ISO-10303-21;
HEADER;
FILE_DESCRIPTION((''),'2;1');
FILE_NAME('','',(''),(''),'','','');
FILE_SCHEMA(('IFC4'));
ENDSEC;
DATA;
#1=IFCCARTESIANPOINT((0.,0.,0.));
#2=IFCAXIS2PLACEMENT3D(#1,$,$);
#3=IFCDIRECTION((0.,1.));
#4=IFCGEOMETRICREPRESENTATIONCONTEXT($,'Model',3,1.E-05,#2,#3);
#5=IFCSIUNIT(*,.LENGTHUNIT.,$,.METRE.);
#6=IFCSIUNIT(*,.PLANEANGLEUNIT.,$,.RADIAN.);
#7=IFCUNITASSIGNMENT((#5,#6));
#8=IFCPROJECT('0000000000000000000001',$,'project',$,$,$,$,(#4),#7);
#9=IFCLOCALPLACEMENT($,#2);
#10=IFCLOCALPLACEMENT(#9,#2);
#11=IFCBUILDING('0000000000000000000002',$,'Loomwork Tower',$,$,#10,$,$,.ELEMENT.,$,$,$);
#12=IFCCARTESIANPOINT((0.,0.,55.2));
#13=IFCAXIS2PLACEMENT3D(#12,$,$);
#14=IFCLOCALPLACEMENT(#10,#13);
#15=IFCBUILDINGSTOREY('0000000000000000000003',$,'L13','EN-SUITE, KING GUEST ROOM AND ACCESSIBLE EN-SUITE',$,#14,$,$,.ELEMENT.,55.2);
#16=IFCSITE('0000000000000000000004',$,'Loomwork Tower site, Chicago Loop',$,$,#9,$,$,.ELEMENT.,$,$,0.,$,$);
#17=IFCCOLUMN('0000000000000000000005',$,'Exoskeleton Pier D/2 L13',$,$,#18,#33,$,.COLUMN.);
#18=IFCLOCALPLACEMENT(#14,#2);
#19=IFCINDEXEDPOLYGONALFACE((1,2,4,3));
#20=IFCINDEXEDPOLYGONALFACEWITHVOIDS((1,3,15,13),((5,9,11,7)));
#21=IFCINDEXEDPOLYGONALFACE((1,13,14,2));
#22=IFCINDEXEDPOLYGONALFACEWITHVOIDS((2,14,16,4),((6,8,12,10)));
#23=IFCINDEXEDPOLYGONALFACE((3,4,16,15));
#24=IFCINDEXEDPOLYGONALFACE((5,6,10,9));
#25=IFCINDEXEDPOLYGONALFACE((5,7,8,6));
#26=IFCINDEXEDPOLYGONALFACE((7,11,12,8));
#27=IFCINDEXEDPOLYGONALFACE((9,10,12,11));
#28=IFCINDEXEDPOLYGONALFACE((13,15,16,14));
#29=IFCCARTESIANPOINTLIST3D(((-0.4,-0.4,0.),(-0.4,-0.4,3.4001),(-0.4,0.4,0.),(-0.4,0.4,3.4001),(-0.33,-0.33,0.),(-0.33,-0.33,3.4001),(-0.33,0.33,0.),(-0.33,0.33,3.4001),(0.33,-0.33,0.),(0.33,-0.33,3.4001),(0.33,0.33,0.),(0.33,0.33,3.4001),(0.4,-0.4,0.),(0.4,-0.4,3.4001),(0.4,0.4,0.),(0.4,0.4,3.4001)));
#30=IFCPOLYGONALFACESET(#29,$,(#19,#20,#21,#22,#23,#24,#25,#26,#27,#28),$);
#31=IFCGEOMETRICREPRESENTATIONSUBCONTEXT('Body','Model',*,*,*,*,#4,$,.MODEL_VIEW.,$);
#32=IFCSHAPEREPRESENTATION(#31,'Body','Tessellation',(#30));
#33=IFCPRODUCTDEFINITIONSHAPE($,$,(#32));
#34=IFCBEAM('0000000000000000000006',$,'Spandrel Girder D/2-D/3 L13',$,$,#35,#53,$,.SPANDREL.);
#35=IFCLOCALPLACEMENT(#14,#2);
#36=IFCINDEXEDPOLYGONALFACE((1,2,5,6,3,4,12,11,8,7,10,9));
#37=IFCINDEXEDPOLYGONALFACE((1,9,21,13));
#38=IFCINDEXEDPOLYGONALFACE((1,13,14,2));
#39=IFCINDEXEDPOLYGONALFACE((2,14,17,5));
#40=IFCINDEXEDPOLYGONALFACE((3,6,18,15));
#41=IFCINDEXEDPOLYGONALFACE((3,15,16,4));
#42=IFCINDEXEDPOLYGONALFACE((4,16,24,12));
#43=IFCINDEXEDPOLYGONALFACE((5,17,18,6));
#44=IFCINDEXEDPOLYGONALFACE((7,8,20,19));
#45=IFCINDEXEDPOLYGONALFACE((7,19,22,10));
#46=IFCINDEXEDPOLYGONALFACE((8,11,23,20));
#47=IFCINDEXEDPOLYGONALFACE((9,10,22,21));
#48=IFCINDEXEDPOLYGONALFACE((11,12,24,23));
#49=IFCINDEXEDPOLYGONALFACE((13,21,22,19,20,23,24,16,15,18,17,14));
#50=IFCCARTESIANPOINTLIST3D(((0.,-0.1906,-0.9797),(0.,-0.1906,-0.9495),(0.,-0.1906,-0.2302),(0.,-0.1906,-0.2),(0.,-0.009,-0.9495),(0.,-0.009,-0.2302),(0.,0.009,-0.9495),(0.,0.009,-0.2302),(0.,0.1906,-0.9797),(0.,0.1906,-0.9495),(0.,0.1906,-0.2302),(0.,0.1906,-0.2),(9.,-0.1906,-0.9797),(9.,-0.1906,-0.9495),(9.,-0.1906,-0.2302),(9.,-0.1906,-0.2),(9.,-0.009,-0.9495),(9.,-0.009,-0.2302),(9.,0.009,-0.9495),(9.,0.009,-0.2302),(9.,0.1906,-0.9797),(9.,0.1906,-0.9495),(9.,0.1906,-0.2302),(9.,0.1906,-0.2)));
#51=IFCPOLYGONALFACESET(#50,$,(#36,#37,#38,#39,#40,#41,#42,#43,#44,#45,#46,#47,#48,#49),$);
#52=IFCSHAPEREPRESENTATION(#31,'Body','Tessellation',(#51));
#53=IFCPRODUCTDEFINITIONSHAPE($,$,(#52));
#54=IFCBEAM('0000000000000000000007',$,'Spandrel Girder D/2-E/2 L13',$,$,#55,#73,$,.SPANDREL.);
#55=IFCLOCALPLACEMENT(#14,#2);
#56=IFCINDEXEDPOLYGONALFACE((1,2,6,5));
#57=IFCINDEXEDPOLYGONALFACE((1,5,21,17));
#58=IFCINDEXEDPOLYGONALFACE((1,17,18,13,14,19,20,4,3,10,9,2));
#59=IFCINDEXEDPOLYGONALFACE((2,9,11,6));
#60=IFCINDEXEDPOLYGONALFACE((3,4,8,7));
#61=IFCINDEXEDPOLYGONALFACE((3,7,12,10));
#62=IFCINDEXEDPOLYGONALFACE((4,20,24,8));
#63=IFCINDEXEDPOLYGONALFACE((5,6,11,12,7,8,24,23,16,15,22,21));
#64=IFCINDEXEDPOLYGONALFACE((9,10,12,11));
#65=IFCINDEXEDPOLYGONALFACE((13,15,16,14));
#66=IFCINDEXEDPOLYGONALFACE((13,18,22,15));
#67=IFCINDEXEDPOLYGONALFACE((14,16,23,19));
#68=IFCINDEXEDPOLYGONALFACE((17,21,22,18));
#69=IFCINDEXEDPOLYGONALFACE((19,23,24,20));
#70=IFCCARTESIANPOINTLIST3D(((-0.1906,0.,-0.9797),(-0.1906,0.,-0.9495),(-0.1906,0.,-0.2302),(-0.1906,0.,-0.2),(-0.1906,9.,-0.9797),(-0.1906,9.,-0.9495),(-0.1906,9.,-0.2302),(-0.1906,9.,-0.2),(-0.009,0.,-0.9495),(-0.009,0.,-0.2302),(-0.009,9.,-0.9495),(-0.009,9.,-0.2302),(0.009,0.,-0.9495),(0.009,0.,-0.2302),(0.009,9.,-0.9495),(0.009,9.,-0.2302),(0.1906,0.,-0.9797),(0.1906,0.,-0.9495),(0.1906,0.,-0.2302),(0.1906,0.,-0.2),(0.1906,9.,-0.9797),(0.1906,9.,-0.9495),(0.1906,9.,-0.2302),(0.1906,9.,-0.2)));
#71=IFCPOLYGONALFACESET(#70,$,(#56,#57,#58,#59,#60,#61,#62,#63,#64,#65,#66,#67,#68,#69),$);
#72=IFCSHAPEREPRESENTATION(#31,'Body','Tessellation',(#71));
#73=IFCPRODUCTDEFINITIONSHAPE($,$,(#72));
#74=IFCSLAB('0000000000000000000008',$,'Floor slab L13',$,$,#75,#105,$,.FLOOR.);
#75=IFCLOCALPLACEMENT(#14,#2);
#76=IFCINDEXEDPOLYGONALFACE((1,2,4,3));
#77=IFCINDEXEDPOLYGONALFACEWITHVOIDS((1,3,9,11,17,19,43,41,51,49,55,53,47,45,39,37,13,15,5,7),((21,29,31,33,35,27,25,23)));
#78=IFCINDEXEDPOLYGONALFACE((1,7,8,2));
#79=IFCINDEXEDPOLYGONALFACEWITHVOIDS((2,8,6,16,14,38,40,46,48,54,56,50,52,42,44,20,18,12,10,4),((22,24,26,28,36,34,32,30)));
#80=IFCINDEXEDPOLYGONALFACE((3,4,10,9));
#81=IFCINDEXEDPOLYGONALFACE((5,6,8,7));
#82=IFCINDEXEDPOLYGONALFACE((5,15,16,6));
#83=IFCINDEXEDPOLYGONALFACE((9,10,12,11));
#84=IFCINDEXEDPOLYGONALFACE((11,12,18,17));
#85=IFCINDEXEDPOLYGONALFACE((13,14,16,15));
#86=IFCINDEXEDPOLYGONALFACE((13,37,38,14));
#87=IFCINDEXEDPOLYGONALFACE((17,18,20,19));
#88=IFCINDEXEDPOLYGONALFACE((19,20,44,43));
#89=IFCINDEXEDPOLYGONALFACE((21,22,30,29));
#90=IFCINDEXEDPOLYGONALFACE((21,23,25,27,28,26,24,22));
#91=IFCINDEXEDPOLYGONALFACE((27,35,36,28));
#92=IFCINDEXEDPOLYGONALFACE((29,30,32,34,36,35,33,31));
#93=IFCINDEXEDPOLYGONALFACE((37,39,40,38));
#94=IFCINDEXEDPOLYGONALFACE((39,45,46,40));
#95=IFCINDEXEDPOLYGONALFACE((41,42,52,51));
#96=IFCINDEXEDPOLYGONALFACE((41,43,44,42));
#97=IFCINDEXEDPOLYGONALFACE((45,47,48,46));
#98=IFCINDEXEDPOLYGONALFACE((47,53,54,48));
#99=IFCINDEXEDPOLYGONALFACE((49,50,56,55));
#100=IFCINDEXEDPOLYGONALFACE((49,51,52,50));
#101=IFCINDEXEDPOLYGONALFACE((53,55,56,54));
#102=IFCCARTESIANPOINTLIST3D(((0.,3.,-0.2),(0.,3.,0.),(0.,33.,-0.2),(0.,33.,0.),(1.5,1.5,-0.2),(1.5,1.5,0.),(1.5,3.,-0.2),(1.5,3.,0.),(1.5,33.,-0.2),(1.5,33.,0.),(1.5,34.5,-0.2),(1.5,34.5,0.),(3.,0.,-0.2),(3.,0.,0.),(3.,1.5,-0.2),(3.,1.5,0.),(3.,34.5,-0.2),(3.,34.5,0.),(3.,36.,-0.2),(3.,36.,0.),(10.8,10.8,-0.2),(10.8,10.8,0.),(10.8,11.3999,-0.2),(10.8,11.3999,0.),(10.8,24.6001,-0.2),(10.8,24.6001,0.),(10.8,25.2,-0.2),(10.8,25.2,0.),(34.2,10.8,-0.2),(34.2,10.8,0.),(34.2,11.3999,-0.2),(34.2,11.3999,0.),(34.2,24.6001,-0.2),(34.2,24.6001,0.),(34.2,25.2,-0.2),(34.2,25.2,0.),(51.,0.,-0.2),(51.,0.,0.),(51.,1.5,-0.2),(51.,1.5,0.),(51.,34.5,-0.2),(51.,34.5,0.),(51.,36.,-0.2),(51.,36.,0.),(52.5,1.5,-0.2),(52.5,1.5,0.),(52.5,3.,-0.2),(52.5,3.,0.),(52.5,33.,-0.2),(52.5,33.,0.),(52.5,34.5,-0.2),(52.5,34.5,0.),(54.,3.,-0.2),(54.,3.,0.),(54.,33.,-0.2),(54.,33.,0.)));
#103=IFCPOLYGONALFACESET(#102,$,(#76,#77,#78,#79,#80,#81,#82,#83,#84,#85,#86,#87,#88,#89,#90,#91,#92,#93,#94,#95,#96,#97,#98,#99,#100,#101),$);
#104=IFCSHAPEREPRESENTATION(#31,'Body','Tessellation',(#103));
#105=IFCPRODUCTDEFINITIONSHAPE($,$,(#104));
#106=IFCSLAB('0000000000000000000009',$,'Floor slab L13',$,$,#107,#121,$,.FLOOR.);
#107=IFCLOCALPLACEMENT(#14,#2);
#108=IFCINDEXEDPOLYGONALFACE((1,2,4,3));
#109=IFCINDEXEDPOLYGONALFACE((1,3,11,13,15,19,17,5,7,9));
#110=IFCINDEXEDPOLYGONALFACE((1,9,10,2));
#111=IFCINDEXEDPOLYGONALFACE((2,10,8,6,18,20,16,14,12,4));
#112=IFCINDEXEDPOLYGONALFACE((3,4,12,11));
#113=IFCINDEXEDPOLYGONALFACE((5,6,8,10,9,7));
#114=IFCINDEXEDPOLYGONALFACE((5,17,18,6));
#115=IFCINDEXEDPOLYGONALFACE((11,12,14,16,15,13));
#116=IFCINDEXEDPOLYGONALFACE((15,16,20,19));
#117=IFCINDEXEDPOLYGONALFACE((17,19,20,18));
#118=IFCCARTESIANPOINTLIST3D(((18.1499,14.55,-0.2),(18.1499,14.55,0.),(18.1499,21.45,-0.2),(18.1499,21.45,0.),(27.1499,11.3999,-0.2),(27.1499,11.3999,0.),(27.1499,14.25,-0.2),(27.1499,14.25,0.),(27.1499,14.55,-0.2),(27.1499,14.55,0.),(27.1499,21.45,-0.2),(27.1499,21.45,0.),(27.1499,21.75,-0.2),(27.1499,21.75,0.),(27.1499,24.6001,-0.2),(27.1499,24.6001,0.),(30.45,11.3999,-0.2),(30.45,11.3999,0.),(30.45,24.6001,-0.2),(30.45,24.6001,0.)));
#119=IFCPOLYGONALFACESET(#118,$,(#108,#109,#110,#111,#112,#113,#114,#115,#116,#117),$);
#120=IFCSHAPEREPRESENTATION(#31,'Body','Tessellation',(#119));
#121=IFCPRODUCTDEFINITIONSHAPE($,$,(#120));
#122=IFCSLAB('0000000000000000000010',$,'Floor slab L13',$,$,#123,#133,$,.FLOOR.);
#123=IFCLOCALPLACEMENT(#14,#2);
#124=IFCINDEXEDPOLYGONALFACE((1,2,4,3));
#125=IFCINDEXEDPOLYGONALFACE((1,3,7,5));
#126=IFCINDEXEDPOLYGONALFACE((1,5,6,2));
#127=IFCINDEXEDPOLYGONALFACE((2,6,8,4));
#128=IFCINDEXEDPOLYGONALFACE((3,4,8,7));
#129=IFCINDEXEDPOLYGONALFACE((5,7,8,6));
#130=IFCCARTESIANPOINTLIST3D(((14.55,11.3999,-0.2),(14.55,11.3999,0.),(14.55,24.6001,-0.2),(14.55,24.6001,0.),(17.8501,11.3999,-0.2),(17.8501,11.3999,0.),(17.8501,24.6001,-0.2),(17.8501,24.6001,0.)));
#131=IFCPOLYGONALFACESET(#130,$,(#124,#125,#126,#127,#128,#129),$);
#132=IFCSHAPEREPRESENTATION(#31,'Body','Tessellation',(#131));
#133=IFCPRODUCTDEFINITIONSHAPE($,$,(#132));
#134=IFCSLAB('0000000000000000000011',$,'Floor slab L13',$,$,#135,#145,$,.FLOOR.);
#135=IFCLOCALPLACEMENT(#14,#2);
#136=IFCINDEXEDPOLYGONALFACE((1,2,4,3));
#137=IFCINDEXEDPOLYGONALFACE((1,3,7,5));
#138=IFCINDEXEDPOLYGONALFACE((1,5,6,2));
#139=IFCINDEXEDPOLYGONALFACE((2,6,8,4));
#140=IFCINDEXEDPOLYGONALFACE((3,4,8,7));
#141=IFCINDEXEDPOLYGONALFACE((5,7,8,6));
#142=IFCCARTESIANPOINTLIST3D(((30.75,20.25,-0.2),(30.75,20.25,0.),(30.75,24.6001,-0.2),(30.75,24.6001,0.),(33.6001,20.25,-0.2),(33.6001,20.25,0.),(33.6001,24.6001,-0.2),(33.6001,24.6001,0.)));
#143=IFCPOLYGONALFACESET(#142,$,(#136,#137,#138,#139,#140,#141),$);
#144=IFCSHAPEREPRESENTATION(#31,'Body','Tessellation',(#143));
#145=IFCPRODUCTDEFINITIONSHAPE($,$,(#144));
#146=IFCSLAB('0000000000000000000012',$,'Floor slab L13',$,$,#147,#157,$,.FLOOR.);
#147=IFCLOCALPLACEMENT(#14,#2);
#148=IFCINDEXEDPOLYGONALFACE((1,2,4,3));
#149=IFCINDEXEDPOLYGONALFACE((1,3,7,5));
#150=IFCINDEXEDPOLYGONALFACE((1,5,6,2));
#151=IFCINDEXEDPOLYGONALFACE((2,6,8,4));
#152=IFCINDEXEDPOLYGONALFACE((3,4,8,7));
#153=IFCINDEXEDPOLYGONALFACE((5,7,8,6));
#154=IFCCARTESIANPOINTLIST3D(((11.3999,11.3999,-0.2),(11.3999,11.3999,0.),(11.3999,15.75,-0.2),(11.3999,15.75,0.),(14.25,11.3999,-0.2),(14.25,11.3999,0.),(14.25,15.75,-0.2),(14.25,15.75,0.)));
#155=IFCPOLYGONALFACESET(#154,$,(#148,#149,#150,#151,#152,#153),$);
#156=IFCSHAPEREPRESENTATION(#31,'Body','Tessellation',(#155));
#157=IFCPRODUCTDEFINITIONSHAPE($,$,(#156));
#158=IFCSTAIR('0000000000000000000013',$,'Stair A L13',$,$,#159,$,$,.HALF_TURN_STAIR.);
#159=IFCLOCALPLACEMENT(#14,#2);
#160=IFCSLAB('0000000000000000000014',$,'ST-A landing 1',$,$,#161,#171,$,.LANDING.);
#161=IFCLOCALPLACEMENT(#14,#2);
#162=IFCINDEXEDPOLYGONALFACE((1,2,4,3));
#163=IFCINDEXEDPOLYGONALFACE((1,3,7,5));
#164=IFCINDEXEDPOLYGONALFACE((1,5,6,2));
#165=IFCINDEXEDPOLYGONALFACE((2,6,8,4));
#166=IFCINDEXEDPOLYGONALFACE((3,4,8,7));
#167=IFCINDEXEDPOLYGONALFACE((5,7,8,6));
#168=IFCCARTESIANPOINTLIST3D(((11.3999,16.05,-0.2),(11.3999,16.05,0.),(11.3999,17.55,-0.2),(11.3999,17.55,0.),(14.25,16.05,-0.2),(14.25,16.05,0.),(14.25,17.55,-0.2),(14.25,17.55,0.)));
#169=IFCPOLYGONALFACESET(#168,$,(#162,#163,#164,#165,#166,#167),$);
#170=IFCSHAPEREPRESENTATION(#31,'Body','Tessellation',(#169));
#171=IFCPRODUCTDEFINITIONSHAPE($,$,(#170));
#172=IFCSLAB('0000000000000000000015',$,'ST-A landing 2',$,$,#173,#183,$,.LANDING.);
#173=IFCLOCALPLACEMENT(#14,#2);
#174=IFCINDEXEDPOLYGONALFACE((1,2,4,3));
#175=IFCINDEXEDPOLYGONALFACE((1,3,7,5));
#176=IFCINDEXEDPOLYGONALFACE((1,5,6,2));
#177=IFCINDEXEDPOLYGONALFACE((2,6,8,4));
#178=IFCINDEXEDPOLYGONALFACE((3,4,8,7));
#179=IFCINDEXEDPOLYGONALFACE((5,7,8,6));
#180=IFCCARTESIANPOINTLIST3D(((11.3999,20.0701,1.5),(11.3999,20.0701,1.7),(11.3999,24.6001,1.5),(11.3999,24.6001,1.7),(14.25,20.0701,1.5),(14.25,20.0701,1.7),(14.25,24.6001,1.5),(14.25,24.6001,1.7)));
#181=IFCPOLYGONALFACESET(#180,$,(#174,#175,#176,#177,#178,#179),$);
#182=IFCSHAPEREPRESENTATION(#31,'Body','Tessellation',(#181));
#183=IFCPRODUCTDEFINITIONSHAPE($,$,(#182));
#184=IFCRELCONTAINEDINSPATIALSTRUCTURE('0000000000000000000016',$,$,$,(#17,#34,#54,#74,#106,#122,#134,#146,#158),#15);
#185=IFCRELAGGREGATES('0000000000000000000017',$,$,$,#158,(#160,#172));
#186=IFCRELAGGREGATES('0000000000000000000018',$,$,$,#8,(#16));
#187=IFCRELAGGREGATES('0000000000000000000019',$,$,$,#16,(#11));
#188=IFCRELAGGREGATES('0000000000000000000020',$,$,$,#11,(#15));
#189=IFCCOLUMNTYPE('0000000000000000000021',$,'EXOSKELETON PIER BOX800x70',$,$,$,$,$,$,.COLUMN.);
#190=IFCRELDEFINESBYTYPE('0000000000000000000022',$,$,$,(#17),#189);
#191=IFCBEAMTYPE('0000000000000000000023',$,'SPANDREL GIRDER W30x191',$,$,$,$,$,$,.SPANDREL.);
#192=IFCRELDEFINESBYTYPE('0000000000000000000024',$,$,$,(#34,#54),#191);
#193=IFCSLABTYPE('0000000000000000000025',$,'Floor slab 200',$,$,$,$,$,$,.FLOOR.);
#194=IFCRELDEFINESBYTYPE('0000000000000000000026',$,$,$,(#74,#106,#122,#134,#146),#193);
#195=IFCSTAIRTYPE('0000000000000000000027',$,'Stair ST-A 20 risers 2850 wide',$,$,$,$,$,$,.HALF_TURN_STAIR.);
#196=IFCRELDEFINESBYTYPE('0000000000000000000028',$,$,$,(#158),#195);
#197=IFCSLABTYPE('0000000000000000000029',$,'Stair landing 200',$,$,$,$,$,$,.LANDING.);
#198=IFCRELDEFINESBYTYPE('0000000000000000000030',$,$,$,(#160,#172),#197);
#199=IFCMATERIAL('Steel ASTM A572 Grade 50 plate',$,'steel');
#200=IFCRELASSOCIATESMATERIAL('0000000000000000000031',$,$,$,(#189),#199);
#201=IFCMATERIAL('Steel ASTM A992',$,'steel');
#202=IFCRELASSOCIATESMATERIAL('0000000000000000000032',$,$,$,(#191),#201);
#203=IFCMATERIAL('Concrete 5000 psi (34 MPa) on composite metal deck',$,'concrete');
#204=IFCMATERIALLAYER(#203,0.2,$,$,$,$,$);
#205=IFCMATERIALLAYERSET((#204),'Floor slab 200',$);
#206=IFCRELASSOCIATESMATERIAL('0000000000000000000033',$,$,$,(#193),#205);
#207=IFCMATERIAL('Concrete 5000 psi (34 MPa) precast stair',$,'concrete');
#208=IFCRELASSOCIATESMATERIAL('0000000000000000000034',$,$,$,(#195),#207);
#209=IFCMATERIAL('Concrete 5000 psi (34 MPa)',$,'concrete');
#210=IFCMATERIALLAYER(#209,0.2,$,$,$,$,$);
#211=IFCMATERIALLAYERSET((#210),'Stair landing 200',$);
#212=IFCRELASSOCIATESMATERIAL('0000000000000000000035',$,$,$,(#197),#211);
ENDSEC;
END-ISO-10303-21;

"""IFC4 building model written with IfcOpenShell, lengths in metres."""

from ifc_helpers import new_model, si_unit, direction, frame, origin, origin_with_axes, origin_2d, place, context, subcontext, project, spatial, polyline, hollow_rectangle, i_section, outline, extrude, material, layer, layer_set, material_profile, profile_set, type_object, element, aggregate, save


model = new_model("IFC4")

# Units and contexts
model_context = context("Model", 3, precision=1e-05, world=origin(), true_north=direction((0.0, 1.0)))
body_context = subcontext(model_context, "Body", "Model", "MODEL_VIEW")
ifc_project = project(units=[si_unit("LENGTHUNIT", "METRE"), si_unit("PLANEANGLEUNIT", "RADIAN")], contexts=[model_context])

# Site, building, storey
site_placement = place(None, origin())
site = spatial("IfcSite", under=ifc_project, at=site_placement, Name="Loomwork Tower site, Chicago Loop", CompositionType="ELEMENT", RefElevation=0.0)
building_placement = place(site_placement, origin())
building = spatial("IfcBuilding", under=site, at=building_placement, Name="Loomwork Tower", CompositionType="ELEMENT")
storey_placement = place(building_placement, frame((0.0, 0.0, 55.2)))
storey = spatial("IfcBuildingStorey", under=building, at=storey_placement, Name="L13", Description="EN-SUITE, KING GUEST ROOM AND ACCESSIBLE EN-SUITE", CompositionType="ELEMENT", Elevation=55.2)

# Column
ifc_material_1 = material(Name="Steel ASTM A572 Grade 50 plate", Category="steel")
ifc_material_profile_1 = material_profile(ifc_material_1, hollow_rectangle(XDim=0.8, YDim=0.8, WallThickness=0.0701, at=origin_2d()), Name="BOX800x70")
ifc_profile_set_1 = profile_set([ifc_material_profile_1], Name="Steel ASTM A572 Grade 50 plate")
column_type = type_object("IfcColumnType", Name="EXOSKELETON PIER BOX800x70", PredefinedType="COLUMN", material=ifc_profile_set_1)
column_placement = place(storey_placement, origin_with_axes())
element("IfcColumn", 1, at=column_placement, inside=storey, type_object=column_type, Name="Exoskeleton Pier D/2 L13", PredefinedType="COLUMN", context=body_context, shape_type="SweptSolid", body=[
    extrude(hollow_rectangle(XDim=0.8, YDim=0.8, WallThickness=0.0701, at=origin_2d()), origin(), (0.0, 0.0, 1.0), 3.4001),
])

# Beams
ifc_material_2 = material(Name="Steel ASTM A992", Category="steel")
ifc_material_profile_2 = material_profile(ifc_material_2, i_section(OverallWidth=0.3811, OverallDepth=0.7798, WebThickness=0.0181, FlangeThickness=0.0303, at=origin_2d()), Name="W30x191")
ifc_profile_set_2 = profile_set([ifc_material_profile_2], Name="Steel ASTM A992")
beam_type = type_object("IfcBeamType", Name="SPANDREL GIRDER W30x191", PredefinedType="SPANDREL", material=ifc_profile_set_2)
for number, where, z_axis, x_axis, name in (
    (2, (0.0, 0.0, -0.5898), (1.0, 0.0, 0.0), (0.0, 1.0, 0.0), "Spandrel Girder D/2-D/3 L13"),
    (3, (0.0, 0.0, -0.5898), (0.0, 1.0, 0.0), (-1.0, 0.0, 0.0), "Spandrel Girder D/2-E/2 L13"),
):
    element("IfcBeam", number, at=place(storey_placement, frame(where, z_axis=z_axis, x_axis=x_axis)), inside=storey, type_object=beam_type, Name=name, PredefinedType="SPANDREL", context=body_context, shape_type="SweptSolid", body=[
        extrude(i_section(OverallWidth=0.3811, OverallDepth=0.7798, WebThickness=0.0181, FlangeThickness=0.0303, at=origin_2d()), origin(), (0.0, 0.0, 1.0), 9.0),
    ])

# Slabs
ifc_material_3 = material(Name="Concrete 5000 psi (34 MPa) on composite metal deck", Category="concrete")
ifc_layer_1 = layer(ifc_material_3, 0.2)
ifc_layer_set_1 = layer_set([ifc_layer_1], Name="Floor slab 200")
slab_type_1 = type_object("IfcSlabType", Name="Floor slab 200", PredefinedType="FLOOR", material=ifc_layer_set_1)
slab_1_placement = place(storey_placement, frame((0.0, 0.0, -0.2)))
element("IfcSlab", 4, at=slab_1_placement, inside=storey, type_object=slab_type_1, Name="Floor slab L13", PredefinedType="FLOOR", context=body_context, shape_type="SweptSolid", body=[
    extrude(outline(polyline([(3.0, 1.5), (1.5, 1.5), (1.5, 3.0), (0.0, 3.0), (0.0, 33.0), (1.5, 33.0), (1.5, 34.5), (3.0, 34.5), (3.0, 36.0), (51.0, 36.0), (51.0, 34.5), (52.5, 34.5), (52.5, 33.0), (54.0, 33.0), (54.0, 3.0), (52.5, 3.0), (52.5, 1.5), (51.0, 1.5), (51.0, 0.0), (3.0, 0.0), (3.0, 1.5)]), holes=[polyline([(10.8, 11.3999), (10.8, 11.3999), (10.8, 10.8), (34.2, 10.8), (34.2, 11.3999), (34.2, 11.3999), (34.2, 24.6001), (34.2, 25.2), (10.8, 25.2), (10.8, 24.6001), (10.8, 11.3999)])]), origin(), (0.0, 0.0, 1.0), 0.2),
])
slab_2_placement = place(storey_placement, frame((0.0, 0.0, -0.2)))
element("IfcSlab", 5, at=slab_2_placement, inside=storey, type_object=slab_type_1, Name="Floor slab L13", PredefinedType="FLOOR", context=body_context, shape_type="SweptSolid", body=[
    extrude(outline(polyline([(30.45, 24.6001), (30.45, 11.3999), (27.1499, 11.3999), (27.1499, 14.25), (27.1499, 14.55), (18.1499, 14.55), (18.1499, 21.45), (27.1499, 21.45), (27.1499, 21.75), (27.1499, 24.6001), (30.45, 24.6001)])), origin(), (0.0, 0.0, 1.0), 0.2),
])
slab_3_placement = place(storey_placement, frame((0.0, 0.0, -0.2)))
element("IfcSlab", 6, at=slab_3_placement, inside=storey, type_object=slab_type_1, Name="Floor slab L13", PredefinedType="FLOOR", context=body_context, shape_type="SweptSolid", body=[
    extrude(outline(polyline([(14.55, 11.3999), (14.55, 24.6001), (17.8501, 24.6001), (17.8501, 11.3999), (14.55, 11.3999)])), origin(), (0.0, 0.0, 1.0), 0.2),
])
slab_4_placement = place(storey_placement, frame((0.0, 0.0, -0.2)))
element("IfcSlab", 7, at=slab_4_placement, inside=storey, type_object=slab_type_1, Name="Floor slab L13", PredefinedType="FLOOR", context=body_context, shape_type="SweptSolid", body=[
    extrude(outline(polyline([(33.6001, 20.25), (30.75, 20.25), (30.75, 24.6001), (33.6001, 24.6001), (33.6001, 20.25)])), origin(), (0.0, 0.0, 1.0), 0.2),
])
slab_5_placement = place(storey_placement, frame((0.0, 0.0, -0.2)))
element("IfcSlab", 8, at=slab_5_placement, inside=storey, type_object=slab_type_1, Name="Floor slab L13", PredefinedType="FLOOR", context=body_context, shape_type="SweptSolid", body=[
    extrude(outline(polyline([(14.25, 15.75), (14.25, 11.3999), (11.3999, 11.3999), (11.3999, 15.75), (14.25, 15.75)])), origin(), (0.0, 0.0, 1.0), 0.2),
])

# Stair, slabs
ifc_material_4 = material(Name="Concrete 5000 psi (34 MPa) precast stair", Category="concrete")
stair_type_1 = type_object("IfcStairType", Name="Stair ST-A 20 risers 2850 wide", PredefinedType="HALF_TURN_STAIR", material=ifc_material_4)
stair_1_placement = place(storey_placement, origin())
stair_1 = element("IfcStair", 9, at=stair_1_placement, inside=storey, type_object=stair_type_1, Name="Stair A L13", PredefinedType="HALF_TURN_STAIR")
ifc_material_5 = material(Name="Concrete 5000 psi (34 MPa)", Category="concrete")
ifc_layer_2 = layer(ifc_material_5, 0.2)
ifc_layer_set_2 = layer_set([ifc_layer_2], Name="Stair landing 200")
slab_type_2 = type_object("IfcSlabType", Name="Stair landing 200", PredefinedType="LANDING", material=ifc_layer_set_2)
slab_6_placement = place(storey_placement, frame((0.0, 0.0, -0.2)))
slab_6 = element("IfcSlab", 10, at=slab_6_placement, type_object=slab_type_2, Name="ST-A landing 1", PredefinedType="LANDING", context=body_context, shape_type="SweptSolid", body=[
    extrude(outline(polyline([(11.3999, 16.05), (14.25, 16.05), (14.25, 17.55), (11.3999, 17.55), (11.3999, 16.05)])), origin(), (0.0, 0.0, 1.0), 0.2),
])
slab_7_placement = place(storey_placement, frame((0.0, 0.0, 1.5)))
slab_7 = element("IfcSlab", 11, at=slab_7_placement, type_object=slab_type_2, Name="ST-A landing 2", PredefinedType="LANDING", context=body_context, shape_type="SweptSolid", body=[
    extrude(outline(polyline([(11.3999, 20.0701), (14.25, 20.0701), (14.25, 24.6001), (11.3999, 24.6001), (11.3999, 20.0701)])), origin(), (0.0, 0.0, 1.0), 0.2),
])
aggregate(stair_1, [slab_6, slab_7])

save(model, "model.ifc")
